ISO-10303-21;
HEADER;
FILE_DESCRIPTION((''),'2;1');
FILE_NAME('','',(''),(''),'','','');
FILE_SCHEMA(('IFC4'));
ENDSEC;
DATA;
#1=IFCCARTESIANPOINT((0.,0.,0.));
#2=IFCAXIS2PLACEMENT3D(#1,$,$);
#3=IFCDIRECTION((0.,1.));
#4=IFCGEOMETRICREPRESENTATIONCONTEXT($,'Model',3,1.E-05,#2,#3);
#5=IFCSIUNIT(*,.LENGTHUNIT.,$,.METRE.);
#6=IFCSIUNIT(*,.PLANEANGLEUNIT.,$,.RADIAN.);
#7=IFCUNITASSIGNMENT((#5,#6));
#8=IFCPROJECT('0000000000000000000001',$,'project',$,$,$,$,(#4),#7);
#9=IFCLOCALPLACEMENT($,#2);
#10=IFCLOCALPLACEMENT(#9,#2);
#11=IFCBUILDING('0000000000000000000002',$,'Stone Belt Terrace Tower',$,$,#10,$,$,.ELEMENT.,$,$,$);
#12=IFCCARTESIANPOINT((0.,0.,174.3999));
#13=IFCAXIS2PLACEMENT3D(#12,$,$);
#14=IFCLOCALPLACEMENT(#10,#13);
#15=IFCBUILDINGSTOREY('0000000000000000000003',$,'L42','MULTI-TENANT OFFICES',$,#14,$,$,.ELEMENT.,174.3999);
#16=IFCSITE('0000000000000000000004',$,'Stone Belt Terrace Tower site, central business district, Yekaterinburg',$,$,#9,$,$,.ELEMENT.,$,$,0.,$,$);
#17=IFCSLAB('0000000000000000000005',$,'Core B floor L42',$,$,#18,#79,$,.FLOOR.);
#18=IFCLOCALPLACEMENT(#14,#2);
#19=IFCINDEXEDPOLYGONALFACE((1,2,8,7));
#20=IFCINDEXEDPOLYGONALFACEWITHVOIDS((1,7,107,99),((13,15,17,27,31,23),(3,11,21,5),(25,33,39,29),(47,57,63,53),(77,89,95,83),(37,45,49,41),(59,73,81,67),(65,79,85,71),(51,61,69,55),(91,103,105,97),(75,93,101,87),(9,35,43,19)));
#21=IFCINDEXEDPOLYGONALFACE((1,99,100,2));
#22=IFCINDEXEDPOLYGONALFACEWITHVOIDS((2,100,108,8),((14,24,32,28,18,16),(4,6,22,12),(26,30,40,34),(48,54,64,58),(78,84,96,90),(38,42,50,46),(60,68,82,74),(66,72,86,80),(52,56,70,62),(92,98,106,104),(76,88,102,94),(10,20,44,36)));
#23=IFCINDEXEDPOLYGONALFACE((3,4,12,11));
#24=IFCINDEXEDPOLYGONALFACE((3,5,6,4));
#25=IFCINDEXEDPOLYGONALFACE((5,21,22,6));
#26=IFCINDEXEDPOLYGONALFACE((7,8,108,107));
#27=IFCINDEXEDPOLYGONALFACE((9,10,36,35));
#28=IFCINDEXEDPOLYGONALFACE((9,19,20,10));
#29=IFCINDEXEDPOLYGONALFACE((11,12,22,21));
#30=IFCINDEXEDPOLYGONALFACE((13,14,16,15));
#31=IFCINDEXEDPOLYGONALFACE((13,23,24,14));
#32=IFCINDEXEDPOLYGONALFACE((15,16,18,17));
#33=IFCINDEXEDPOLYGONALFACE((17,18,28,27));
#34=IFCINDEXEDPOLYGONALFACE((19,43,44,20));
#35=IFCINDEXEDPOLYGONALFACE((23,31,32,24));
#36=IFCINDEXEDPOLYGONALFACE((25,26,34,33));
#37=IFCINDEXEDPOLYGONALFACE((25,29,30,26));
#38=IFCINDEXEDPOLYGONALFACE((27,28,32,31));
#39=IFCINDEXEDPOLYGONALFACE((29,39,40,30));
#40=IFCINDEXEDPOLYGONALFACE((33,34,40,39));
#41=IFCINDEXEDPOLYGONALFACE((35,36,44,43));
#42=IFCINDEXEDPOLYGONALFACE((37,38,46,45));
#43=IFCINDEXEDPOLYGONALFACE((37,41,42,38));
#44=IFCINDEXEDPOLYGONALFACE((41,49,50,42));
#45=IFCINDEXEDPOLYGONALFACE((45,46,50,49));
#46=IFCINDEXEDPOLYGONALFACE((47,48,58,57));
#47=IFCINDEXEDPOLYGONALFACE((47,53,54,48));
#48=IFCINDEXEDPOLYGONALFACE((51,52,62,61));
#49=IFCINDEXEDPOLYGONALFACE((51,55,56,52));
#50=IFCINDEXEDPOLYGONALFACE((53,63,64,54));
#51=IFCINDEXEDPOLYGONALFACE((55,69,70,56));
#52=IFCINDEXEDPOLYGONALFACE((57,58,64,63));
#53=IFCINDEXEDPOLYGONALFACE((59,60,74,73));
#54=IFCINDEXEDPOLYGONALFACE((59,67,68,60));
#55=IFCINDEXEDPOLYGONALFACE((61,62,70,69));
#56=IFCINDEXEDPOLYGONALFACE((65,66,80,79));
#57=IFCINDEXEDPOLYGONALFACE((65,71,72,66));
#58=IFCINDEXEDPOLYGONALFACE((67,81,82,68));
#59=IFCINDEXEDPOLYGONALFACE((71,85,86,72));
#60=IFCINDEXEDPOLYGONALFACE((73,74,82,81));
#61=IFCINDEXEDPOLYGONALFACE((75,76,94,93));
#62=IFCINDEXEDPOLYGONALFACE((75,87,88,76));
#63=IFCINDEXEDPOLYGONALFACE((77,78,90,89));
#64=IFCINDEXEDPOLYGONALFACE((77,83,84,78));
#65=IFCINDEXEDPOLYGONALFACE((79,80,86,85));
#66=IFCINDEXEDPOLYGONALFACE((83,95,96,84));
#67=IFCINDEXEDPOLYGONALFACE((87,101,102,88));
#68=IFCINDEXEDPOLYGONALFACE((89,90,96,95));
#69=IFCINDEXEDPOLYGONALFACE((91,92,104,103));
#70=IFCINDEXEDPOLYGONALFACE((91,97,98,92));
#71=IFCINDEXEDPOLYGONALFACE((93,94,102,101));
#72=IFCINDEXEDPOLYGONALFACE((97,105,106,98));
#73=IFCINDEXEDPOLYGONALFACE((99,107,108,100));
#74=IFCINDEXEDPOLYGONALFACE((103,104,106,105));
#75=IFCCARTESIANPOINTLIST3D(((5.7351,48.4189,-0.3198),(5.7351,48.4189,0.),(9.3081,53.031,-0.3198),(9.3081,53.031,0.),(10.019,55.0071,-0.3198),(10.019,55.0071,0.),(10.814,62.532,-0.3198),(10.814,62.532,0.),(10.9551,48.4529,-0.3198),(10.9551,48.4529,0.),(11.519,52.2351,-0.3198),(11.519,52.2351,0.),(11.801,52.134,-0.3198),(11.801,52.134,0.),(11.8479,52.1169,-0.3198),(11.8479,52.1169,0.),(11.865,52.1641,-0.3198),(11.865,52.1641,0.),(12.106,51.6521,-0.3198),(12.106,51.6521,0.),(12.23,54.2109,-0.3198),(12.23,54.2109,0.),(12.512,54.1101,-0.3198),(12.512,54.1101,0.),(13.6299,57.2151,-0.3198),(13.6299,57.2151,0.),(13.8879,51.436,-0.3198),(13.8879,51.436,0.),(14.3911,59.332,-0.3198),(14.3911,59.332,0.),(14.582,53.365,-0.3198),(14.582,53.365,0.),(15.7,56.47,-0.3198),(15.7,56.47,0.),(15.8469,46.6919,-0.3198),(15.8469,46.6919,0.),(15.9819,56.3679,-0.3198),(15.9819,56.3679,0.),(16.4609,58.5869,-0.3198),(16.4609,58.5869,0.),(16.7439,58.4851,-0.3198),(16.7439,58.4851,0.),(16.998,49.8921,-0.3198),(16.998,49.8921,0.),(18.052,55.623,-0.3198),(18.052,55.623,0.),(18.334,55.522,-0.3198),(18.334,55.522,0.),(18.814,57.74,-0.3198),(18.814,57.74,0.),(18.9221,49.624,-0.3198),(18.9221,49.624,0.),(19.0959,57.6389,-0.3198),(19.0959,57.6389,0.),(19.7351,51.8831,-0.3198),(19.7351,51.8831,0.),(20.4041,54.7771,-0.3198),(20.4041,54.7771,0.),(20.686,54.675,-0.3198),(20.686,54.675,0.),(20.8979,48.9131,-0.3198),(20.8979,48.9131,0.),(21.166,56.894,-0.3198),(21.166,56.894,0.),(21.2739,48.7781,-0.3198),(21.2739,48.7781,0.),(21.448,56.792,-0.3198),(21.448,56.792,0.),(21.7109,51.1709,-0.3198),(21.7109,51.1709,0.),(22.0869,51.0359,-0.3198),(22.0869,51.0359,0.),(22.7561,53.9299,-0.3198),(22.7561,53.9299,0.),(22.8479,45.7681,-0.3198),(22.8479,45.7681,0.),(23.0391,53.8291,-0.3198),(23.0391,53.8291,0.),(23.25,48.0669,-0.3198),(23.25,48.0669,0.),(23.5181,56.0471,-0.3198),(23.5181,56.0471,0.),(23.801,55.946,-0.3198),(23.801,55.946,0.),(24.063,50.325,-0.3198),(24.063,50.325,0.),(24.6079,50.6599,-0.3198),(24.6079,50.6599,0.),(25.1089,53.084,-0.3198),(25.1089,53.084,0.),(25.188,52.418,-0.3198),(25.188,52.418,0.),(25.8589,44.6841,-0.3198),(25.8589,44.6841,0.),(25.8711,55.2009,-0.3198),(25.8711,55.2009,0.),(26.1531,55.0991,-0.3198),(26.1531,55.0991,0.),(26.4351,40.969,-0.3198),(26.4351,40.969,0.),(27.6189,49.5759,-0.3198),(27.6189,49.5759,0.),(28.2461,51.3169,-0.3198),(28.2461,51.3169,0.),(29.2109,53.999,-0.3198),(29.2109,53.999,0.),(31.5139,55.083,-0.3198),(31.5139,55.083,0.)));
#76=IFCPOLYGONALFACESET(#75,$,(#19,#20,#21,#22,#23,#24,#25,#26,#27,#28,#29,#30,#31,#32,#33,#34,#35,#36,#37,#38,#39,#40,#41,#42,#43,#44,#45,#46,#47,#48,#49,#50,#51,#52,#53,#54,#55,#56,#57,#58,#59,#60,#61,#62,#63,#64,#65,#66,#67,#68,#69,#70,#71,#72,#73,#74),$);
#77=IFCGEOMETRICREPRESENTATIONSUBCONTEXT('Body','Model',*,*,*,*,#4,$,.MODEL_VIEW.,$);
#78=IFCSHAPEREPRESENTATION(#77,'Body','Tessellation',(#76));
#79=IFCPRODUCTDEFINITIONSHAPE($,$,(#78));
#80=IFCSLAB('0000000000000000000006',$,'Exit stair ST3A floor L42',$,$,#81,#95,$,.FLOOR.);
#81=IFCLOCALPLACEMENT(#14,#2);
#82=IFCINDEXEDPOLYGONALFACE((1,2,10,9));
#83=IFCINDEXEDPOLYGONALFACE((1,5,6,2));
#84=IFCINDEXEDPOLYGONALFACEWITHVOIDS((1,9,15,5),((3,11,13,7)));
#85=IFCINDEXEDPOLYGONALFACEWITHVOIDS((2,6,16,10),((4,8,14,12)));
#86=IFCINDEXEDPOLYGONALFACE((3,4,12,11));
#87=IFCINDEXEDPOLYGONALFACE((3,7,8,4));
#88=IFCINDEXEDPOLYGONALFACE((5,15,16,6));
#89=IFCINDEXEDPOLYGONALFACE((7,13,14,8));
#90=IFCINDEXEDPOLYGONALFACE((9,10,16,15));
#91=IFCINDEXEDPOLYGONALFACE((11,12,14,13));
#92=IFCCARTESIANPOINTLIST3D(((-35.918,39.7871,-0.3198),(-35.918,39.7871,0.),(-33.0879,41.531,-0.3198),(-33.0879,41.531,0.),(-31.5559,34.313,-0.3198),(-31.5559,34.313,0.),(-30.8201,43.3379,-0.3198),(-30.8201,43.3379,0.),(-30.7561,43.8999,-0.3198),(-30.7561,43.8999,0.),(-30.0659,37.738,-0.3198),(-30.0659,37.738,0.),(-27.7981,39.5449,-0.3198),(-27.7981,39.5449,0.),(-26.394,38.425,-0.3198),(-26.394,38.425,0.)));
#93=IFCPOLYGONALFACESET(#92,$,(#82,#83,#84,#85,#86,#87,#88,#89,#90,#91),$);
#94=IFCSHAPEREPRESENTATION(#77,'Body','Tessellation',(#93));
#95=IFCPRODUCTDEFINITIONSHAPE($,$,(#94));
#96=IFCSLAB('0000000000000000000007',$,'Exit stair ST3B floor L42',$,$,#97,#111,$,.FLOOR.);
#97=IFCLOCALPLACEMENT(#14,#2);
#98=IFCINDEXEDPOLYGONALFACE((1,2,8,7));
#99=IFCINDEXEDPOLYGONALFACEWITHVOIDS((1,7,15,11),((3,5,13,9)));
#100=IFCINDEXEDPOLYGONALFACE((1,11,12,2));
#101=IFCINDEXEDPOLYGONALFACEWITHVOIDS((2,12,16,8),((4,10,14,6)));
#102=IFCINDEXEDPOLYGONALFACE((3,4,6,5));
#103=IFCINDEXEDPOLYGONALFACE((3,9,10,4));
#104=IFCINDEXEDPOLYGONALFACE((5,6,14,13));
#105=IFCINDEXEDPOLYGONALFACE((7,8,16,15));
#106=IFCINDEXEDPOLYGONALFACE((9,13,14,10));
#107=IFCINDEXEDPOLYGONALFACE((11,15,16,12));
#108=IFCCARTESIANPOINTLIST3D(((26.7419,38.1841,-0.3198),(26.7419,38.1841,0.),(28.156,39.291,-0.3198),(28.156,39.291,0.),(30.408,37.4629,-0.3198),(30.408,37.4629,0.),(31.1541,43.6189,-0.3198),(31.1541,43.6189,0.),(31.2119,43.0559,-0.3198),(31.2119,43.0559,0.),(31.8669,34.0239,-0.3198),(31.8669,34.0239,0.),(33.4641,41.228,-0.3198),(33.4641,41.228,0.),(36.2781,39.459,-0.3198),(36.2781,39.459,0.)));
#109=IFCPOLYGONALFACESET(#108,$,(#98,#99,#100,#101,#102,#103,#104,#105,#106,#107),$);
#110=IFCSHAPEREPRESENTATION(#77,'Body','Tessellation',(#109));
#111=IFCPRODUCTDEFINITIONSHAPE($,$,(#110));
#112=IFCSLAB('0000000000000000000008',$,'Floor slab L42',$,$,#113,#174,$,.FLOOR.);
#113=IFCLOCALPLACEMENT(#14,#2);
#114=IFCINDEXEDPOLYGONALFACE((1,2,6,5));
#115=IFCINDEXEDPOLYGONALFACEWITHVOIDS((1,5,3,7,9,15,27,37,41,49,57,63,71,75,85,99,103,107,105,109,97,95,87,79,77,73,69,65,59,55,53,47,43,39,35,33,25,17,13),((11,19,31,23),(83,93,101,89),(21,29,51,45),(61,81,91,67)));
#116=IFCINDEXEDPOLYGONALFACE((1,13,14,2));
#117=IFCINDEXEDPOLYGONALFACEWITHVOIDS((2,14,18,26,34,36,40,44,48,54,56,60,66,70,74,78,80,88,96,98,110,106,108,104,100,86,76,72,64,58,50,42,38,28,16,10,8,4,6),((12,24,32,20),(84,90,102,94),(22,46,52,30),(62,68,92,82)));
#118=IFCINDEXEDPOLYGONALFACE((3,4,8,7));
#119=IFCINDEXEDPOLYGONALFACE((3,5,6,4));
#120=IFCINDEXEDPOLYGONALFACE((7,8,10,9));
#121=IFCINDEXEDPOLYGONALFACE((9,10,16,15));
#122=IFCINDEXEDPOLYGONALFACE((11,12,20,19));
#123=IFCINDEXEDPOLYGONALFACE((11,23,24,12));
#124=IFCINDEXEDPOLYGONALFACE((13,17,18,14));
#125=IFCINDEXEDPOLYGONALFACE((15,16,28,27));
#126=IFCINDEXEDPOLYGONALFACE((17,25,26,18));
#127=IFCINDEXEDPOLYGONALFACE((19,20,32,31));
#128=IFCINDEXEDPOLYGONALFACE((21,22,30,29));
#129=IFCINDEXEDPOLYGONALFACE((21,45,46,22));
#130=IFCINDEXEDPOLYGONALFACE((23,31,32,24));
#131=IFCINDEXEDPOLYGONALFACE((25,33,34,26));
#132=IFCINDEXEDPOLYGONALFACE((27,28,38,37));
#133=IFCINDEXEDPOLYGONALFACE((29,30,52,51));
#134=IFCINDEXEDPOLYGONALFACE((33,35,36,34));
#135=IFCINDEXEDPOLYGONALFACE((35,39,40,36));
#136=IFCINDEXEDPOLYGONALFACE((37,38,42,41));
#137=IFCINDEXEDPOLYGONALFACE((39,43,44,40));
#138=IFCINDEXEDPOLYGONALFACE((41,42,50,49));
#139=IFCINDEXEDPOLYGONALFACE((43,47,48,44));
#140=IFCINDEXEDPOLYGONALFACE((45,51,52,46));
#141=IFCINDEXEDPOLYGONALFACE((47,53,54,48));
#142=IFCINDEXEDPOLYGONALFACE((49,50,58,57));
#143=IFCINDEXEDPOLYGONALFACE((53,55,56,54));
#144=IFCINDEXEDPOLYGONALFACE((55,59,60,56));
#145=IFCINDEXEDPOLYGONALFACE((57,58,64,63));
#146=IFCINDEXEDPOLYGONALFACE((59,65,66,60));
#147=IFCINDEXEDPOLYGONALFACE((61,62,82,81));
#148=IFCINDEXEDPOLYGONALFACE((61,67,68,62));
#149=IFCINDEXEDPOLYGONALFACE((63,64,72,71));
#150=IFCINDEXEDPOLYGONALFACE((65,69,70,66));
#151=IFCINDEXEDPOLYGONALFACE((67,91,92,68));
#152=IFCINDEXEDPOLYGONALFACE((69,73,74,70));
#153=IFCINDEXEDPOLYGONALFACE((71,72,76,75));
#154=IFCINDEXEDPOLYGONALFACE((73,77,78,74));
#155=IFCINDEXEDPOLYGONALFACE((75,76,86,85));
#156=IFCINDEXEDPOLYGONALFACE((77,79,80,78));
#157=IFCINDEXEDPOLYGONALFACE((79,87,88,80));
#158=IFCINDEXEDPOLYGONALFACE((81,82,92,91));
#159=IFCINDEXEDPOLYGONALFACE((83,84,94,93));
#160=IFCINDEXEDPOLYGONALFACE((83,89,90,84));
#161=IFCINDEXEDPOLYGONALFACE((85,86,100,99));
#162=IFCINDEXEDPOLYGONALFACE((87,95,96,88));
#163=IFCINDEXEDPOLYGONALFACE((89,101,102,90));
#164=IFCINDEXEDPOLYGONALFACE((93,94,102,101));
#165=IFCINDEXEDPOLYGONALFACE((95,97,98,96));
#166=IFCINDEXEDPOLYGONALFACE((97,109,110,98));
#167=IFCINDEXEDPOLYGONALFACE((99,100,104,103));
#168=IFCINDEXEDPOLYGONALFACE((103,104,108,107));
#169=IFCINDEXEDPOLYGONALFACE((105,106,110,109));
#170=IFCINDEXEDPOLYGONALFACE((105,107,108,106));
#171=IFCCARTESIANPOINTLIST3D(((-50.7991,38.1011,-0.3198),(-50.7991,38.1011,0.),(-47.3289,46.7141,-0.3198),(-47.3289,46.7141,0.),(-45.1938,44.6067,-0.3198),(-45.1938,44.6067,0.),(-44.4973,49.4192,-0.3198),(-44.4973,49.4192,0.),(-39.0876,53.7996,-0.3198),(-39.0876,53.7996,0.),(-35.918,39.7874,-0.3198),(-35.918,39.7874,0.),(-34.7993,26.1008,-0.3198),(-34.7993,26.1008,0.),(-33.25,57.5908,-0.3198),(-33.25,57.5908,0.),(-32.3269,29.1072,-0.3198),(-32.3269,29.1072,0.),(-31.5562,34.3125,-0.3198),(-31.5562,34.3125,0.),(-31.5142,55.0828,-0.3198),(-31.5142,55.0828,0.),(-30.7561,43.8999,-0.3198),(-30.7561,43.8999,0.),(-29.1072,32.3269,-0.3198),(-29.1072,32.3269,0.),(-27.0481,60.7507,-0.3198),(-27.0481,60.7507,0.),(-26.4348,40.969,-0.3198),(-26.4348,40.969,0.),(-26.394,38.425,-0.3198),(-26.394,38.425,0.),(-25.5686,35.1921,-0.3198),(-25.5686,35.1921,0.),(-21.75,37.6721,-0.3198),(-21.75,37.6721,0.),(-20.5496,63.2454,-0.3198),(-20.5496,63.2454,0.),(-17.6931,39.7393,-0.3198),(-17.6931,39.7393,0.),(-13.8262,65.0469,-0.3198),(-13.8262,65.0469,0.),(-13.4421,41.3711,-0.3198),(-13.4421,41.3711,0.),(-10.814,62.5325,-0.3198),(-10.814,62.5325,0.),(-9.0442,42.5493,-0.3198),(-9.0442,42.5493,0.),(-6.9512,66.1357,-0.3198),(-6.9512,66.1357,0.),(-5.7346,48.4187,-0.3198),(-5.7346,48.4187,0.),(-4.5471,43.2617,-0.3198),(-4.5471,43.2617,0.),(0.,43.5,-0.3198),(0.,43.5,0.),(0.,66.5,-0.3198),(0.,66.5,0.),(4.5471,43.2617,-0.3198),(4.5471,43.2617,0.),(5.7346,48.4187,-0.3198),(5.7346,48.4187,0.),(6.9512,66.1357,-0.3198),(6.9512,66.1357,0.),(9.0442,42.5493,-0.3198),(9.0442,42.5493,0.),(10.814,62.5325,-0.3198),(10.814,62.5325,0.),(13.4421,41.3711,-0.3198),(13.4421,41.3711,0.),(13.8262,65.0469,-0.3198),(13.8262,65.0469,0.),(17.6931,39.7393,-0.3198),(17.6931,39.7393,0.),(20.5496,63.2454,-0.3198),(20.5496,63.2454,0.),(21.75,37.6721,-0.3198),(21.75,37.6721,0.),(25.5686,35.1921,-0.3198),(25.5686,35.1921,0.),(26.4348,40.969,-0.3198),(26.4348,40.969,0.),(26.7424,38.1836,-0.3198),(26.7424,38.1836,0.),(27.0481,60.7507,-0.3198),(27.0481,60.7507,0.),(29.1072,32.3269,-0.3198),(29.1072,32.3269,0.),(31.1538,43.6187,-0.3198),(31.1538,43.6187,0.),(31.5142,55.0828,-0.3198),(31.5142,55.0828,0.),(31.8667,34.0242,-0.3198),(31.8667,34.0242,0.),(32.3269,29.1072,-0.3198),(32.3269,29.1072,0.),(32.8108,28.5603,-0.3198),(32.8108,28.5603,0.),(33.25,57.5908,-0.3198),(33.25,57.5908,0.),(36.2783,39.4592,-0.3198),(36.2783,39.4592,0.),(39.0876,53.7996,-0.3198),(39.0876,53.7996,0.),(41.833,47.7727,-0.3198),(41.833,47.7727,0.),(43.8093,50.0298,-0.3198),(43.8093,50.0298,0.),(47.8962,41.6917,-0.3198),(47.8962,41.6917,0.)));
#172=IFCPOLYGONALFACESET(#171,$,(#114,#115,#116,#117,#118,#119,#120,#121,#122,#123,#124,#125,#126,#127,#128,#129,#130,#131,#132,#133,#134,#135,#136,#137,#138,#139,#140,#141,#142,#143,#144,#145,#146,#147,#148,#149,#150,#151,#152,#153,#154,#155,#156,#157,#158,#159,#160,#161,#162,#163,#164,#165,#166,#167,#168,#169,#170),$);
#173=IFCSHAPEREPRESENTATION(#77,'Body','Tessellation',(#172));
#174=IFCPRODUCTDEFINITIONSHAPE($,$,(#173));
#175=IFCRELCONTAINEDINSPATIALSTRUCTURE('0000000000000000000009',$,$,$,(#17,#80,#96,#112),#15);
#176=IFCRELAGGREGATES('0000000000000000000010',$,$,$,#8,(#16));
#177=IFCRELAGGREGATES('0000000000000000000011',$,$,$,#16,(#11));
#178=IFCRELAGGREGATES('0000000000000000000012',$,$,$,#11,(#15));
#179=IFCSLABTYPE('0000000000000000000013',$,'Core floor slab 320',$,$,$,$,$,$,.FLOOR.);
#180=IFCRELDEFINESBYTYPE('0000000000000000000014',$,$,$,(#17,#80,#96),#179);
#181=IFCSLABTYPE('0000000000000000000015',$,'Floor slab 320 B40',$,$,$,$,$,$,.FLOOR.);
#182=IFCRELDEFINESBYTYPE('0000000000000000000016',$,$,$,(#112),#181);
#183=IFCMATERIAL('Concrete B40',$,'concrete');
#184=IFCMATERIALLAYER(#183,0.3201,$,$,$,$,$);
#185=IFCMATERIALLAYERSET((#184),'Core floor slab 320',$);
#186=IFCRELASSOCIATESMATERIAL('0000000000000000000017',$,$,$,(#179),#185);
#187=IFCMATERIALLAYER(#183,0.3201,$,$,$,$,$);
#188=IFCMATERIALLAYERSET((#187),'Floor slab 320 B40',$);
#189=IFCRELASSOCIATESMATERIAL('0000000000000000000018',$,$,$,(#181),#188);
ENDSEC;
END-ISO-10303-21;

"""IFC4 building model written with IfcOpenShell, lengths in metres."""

from ifc_helpers import new_model, si_unit, direction, frame, origin, place, context, subcontext, project, spatial, polyline, outline, extrude, material, layer, layer_set, type_object, element, save


model = new_model("IFC4")

# Units and contexts
model_context = context("Model", 3, precision=1e-05, world=origin(), true_north=direction((0.0, 1.0)))
body_context = subcontext(model_context, "Body", "Model", "MODEL_VIEW")
ifc_project = project(units=[si_unit("LENGTHUNIT", "METRE"), si_unit("PLANEANGLEUNIT", "RADIAN")], contexts=[model_context])

# Site, building, storey
site_placement = place(None, origin())
site = spatial("IfcSite", under=ifc_project, at=site_placement, Name="Stone Belt Terrace Tower site, central business district, Yekaterinburg", CompositionType="ELEMENT", RefElevation=0.0)
building_placement = place(site_placement, origin())
building = spatial("IfcBuilding", under=site, at=building_placement, Name="Stone Belt Terrace Tower", CompositionType="ELEMENT")
storey_placement = place(building_placement, frame((0.0, 0.0, 174.3999)))
storey = spatial("IfcBuildingStorey", under=building, at=storey_placement, Name="L42", Description="MULTI-TENANT OFFICES", CompositionType="ELEMENT", Elevation=174.3999)

# Slabs
ifc_material_1 = material(Name="Concrete B40", Category="concrete")
ifc_layer_1 = layer(ifc_material_1, 0.3201)
ifc_layer_set_1 = layer_set([ifc_layer_1], Name="Core floor slab 320")
slab_type_1 = type_object("IfcSlabType", Name="Core floor slab 320", PredefinedType="FLOOR", material=ifc_layer_set_1)
slab_1_placement = place(storey_placement, frame((0.0, 0.0, -0.3198)))
element("IfcSlab", 1, at=slab_1_placement, inside=storey, type_object=slab_type_1, Name="Core B floor L42", PredefinedType="FLOOR", context=body_context, shape_type="SweptSolid", body=[
    extrude(outline(polyline([(26.4351, 40.969), (31.5139, 55.083), (10.814, 62.532), (5.7351, 48.4189), (26.4351, 40.969)]), holes=[polyline([(12.106, 51.6521), (16.998, 49.8921), (15.8469, 46.6919), (10.9551, 48.4529), (12.106, 51.6521)]), polyline([(12.512, 54.1101), (14.582, 53.365), (13.8879, 51.436), (11.865, 52.1641), (11.8479, 52.1169), (11.801, 52.134), (12.512, 54.1101)]), polyline([(9.3081, 53.031), (10.019, 55.0071), (12.23, 54.2109), (11.519, 52.2351), (9.3081, 53.031)]), polyline([(18.334, 55.522), (19.0959, 57.6389), (21.166, 56.894), (20.4041, 54.7771), (18.334, 55.522)]), polyline([(16.7439, 58.4851), (18.814, 57.74), (18.052, 55.623), (15.9819, 56.3679), (16.7439, 58.4851)]), polyline([(14.3911, 59.332), (16.4609, 58.5869), (15.7, 56.47), (13.6299, 57.2151), (14.3911, 59.332)]), polyline([(27.6189, 49.5759), (25.8589, 44.6841), (22.8479, 45.7681), (24.6079, 50.6599), (27.6189, 49.5759)]), polyline([(23.25, 48.0669), (21.2739, 48.7781), (22.0869, 51.0359), (24.063, 50.325), (23.25, 48.0669)]), polyline([(20.8979, 48.9131), (18.9221, 49.624), (19.7351, 51.8831), (21.7109, 51.1709), (20.8979, 48.9131)]), polyline([(26.1531, 55.0991), (29.2109, 53.999), (28.2461, 51.3169), (25.188, 52.418), (26.1531, 55.0991)]), polyline([(23.801, 55.946), (25.8711, 55.2009), (25.1089, 53.084), (23.0391, 53.8291), (23.801, 55.946)]), polyline([(21.448, 56.792), (23.5181, 56.0471), (22.7561, 53.9299), (20.686, 54.675), (21.448, 56.792)])]), origin(), (0.0, 0.0, 1.0), 0.3198),
])
slab_2_placement = place(storey_placement, frame((0.0, 0.0, -0.3198)))
element("IfcSlab", 2, at=slab_2_placement, inside=storey, type_object=slab_type_1, Name="Exit stair ST3A floor L42", PredefinedType="FLOOR", context=body_context, shape_type="SweptSolid", body=[
    extrude(outline(polyline([(-26.394, 38.425), (-30.7561, 43.8999), (-35.918, 39.7871), (-31.5559, 34.313), (-26.394, 38.425)]), holes=[polyline([(-27.7981, 39.5449), (-30.0659, 37.738), (-33.0879, 41.531), (-30.8201, 43.3379), (-27.7981, 39.5449)])]), origin(), (0.0, 0.0, 1.0), 0.3198),
])
slab_3_placement = place(storey_placement, frame((0.0, 0.0, -0.3198)))
element("IfcSlab", 3, at=slab_3_placement, inside=storey, type_object=slab_type_1, Name="Exit stair ST3B floor L42", PredefinedType="FLOOR", context=body_context, shape_type="SweptSolid", body=[
    extrude(outline(polyline([(26.7419, 38.1841), (31.8669, 34.0239), (36.2781, 39.459), (31.1541, 43.6189), (26.7419, 38.1841)]), holes=[polyline([(30.408, 37.4629), (28.156, 39.291), (31.2119, 43.0559), (33.4641, 41.228), (30.408, 37.4629)])]), origin(), (0.0, 0.0, 1.0), 0.3198),
])
ifc_layer_2 = layer(ifc_material_1, 0.3201)
ifc_layer_set_2 = layer_set([ifc_layer_2], Name="Floor slab 320 B40")
slab_type_2 = type_object("IfcSlabType", Name="Floor slab 320 B40", PredefinedType="FLOOR", material=ifc_layer_set_2)
slab_4_placement = place(storey_placement, frame((0.0, 0.0, -0.3198)))
element("IfcSlab", 4, at=slab_4_placement, inside=storey, type_object=slab_type_2, Name="Floor slab L42", PredefinedType="FLOOR", context=body_context, shape_type="SweptSolid", body=[
    extrude(outline(polyline([(-44.4973, 49.4192), (-39.0876, 53.7996), (-33.25, 57.5908), (-27.0481, 60.7507), (-20.5496, 63.2454), (-13.8262, 65.0469), (-6.9512, 66.1357), (0.0, 66.5), (6.9512, 66.1357), (13.8262, 65.0469), (20.5496, 63.2454), (27.0481, 60.7507), (33.25, 57.5908), (39.0876, 53.7996), (43.8093, 50.0298), (41.833, 47.7727), (47.8962, 41.6917), (32.8108, 28.5603), (32.3269, 29.1072), (29.1072, 32.3269), (25.5686, 35.1921), (21.75, 37.6721), (17.6931, 39.7393), (13.4421, 41.3711), (9.0442, 42.5493), (4.5471, 43.2617), (0.0, 43.5), (-4.5471, 43.2617), (-9.0442, 42.5493), (-13.4421, 41.3711), (-17.6931, 39.7393), (-21.75, 37.6721), (-25.5686, 35.1921), (-29.1072, 32.3269), (-32.3269, 29.1072), (-34.7993, 26.1008), (-50.7991, 38.1011), (-45.1938, 44.6067), (-47.3289, 46.7141), (-44.4973, 49.4192)]), holes=[polyline([(-26.4348, 40.969), (-5.7346, 48.4187), (-10.814, 62.5325), (-31.5142, 55.0828), (-26.4348, 40.969)]), polyline([(10.814, 62.5325), (5.7346, 48.4187), (26.4348, 40.969), (31.5142, 55.0828), (10.814, 62.5325)]), polyline([(-35.918, 39.7874), (-31.5562, 34.3125), (-26.394, 38.425), (-30.7561, 43.8999), (-35.918, 39.7874)]), polyline([(36.2783, 39.4592), (31.1538, 43.6187), (26.7424, 38.1836), (31.8667, 34.0242), (36.2783, 39.4592)])]), origin(), (0.0, 0.0, 1.0), 0.3198),
])

save(model, "model.ifc")
